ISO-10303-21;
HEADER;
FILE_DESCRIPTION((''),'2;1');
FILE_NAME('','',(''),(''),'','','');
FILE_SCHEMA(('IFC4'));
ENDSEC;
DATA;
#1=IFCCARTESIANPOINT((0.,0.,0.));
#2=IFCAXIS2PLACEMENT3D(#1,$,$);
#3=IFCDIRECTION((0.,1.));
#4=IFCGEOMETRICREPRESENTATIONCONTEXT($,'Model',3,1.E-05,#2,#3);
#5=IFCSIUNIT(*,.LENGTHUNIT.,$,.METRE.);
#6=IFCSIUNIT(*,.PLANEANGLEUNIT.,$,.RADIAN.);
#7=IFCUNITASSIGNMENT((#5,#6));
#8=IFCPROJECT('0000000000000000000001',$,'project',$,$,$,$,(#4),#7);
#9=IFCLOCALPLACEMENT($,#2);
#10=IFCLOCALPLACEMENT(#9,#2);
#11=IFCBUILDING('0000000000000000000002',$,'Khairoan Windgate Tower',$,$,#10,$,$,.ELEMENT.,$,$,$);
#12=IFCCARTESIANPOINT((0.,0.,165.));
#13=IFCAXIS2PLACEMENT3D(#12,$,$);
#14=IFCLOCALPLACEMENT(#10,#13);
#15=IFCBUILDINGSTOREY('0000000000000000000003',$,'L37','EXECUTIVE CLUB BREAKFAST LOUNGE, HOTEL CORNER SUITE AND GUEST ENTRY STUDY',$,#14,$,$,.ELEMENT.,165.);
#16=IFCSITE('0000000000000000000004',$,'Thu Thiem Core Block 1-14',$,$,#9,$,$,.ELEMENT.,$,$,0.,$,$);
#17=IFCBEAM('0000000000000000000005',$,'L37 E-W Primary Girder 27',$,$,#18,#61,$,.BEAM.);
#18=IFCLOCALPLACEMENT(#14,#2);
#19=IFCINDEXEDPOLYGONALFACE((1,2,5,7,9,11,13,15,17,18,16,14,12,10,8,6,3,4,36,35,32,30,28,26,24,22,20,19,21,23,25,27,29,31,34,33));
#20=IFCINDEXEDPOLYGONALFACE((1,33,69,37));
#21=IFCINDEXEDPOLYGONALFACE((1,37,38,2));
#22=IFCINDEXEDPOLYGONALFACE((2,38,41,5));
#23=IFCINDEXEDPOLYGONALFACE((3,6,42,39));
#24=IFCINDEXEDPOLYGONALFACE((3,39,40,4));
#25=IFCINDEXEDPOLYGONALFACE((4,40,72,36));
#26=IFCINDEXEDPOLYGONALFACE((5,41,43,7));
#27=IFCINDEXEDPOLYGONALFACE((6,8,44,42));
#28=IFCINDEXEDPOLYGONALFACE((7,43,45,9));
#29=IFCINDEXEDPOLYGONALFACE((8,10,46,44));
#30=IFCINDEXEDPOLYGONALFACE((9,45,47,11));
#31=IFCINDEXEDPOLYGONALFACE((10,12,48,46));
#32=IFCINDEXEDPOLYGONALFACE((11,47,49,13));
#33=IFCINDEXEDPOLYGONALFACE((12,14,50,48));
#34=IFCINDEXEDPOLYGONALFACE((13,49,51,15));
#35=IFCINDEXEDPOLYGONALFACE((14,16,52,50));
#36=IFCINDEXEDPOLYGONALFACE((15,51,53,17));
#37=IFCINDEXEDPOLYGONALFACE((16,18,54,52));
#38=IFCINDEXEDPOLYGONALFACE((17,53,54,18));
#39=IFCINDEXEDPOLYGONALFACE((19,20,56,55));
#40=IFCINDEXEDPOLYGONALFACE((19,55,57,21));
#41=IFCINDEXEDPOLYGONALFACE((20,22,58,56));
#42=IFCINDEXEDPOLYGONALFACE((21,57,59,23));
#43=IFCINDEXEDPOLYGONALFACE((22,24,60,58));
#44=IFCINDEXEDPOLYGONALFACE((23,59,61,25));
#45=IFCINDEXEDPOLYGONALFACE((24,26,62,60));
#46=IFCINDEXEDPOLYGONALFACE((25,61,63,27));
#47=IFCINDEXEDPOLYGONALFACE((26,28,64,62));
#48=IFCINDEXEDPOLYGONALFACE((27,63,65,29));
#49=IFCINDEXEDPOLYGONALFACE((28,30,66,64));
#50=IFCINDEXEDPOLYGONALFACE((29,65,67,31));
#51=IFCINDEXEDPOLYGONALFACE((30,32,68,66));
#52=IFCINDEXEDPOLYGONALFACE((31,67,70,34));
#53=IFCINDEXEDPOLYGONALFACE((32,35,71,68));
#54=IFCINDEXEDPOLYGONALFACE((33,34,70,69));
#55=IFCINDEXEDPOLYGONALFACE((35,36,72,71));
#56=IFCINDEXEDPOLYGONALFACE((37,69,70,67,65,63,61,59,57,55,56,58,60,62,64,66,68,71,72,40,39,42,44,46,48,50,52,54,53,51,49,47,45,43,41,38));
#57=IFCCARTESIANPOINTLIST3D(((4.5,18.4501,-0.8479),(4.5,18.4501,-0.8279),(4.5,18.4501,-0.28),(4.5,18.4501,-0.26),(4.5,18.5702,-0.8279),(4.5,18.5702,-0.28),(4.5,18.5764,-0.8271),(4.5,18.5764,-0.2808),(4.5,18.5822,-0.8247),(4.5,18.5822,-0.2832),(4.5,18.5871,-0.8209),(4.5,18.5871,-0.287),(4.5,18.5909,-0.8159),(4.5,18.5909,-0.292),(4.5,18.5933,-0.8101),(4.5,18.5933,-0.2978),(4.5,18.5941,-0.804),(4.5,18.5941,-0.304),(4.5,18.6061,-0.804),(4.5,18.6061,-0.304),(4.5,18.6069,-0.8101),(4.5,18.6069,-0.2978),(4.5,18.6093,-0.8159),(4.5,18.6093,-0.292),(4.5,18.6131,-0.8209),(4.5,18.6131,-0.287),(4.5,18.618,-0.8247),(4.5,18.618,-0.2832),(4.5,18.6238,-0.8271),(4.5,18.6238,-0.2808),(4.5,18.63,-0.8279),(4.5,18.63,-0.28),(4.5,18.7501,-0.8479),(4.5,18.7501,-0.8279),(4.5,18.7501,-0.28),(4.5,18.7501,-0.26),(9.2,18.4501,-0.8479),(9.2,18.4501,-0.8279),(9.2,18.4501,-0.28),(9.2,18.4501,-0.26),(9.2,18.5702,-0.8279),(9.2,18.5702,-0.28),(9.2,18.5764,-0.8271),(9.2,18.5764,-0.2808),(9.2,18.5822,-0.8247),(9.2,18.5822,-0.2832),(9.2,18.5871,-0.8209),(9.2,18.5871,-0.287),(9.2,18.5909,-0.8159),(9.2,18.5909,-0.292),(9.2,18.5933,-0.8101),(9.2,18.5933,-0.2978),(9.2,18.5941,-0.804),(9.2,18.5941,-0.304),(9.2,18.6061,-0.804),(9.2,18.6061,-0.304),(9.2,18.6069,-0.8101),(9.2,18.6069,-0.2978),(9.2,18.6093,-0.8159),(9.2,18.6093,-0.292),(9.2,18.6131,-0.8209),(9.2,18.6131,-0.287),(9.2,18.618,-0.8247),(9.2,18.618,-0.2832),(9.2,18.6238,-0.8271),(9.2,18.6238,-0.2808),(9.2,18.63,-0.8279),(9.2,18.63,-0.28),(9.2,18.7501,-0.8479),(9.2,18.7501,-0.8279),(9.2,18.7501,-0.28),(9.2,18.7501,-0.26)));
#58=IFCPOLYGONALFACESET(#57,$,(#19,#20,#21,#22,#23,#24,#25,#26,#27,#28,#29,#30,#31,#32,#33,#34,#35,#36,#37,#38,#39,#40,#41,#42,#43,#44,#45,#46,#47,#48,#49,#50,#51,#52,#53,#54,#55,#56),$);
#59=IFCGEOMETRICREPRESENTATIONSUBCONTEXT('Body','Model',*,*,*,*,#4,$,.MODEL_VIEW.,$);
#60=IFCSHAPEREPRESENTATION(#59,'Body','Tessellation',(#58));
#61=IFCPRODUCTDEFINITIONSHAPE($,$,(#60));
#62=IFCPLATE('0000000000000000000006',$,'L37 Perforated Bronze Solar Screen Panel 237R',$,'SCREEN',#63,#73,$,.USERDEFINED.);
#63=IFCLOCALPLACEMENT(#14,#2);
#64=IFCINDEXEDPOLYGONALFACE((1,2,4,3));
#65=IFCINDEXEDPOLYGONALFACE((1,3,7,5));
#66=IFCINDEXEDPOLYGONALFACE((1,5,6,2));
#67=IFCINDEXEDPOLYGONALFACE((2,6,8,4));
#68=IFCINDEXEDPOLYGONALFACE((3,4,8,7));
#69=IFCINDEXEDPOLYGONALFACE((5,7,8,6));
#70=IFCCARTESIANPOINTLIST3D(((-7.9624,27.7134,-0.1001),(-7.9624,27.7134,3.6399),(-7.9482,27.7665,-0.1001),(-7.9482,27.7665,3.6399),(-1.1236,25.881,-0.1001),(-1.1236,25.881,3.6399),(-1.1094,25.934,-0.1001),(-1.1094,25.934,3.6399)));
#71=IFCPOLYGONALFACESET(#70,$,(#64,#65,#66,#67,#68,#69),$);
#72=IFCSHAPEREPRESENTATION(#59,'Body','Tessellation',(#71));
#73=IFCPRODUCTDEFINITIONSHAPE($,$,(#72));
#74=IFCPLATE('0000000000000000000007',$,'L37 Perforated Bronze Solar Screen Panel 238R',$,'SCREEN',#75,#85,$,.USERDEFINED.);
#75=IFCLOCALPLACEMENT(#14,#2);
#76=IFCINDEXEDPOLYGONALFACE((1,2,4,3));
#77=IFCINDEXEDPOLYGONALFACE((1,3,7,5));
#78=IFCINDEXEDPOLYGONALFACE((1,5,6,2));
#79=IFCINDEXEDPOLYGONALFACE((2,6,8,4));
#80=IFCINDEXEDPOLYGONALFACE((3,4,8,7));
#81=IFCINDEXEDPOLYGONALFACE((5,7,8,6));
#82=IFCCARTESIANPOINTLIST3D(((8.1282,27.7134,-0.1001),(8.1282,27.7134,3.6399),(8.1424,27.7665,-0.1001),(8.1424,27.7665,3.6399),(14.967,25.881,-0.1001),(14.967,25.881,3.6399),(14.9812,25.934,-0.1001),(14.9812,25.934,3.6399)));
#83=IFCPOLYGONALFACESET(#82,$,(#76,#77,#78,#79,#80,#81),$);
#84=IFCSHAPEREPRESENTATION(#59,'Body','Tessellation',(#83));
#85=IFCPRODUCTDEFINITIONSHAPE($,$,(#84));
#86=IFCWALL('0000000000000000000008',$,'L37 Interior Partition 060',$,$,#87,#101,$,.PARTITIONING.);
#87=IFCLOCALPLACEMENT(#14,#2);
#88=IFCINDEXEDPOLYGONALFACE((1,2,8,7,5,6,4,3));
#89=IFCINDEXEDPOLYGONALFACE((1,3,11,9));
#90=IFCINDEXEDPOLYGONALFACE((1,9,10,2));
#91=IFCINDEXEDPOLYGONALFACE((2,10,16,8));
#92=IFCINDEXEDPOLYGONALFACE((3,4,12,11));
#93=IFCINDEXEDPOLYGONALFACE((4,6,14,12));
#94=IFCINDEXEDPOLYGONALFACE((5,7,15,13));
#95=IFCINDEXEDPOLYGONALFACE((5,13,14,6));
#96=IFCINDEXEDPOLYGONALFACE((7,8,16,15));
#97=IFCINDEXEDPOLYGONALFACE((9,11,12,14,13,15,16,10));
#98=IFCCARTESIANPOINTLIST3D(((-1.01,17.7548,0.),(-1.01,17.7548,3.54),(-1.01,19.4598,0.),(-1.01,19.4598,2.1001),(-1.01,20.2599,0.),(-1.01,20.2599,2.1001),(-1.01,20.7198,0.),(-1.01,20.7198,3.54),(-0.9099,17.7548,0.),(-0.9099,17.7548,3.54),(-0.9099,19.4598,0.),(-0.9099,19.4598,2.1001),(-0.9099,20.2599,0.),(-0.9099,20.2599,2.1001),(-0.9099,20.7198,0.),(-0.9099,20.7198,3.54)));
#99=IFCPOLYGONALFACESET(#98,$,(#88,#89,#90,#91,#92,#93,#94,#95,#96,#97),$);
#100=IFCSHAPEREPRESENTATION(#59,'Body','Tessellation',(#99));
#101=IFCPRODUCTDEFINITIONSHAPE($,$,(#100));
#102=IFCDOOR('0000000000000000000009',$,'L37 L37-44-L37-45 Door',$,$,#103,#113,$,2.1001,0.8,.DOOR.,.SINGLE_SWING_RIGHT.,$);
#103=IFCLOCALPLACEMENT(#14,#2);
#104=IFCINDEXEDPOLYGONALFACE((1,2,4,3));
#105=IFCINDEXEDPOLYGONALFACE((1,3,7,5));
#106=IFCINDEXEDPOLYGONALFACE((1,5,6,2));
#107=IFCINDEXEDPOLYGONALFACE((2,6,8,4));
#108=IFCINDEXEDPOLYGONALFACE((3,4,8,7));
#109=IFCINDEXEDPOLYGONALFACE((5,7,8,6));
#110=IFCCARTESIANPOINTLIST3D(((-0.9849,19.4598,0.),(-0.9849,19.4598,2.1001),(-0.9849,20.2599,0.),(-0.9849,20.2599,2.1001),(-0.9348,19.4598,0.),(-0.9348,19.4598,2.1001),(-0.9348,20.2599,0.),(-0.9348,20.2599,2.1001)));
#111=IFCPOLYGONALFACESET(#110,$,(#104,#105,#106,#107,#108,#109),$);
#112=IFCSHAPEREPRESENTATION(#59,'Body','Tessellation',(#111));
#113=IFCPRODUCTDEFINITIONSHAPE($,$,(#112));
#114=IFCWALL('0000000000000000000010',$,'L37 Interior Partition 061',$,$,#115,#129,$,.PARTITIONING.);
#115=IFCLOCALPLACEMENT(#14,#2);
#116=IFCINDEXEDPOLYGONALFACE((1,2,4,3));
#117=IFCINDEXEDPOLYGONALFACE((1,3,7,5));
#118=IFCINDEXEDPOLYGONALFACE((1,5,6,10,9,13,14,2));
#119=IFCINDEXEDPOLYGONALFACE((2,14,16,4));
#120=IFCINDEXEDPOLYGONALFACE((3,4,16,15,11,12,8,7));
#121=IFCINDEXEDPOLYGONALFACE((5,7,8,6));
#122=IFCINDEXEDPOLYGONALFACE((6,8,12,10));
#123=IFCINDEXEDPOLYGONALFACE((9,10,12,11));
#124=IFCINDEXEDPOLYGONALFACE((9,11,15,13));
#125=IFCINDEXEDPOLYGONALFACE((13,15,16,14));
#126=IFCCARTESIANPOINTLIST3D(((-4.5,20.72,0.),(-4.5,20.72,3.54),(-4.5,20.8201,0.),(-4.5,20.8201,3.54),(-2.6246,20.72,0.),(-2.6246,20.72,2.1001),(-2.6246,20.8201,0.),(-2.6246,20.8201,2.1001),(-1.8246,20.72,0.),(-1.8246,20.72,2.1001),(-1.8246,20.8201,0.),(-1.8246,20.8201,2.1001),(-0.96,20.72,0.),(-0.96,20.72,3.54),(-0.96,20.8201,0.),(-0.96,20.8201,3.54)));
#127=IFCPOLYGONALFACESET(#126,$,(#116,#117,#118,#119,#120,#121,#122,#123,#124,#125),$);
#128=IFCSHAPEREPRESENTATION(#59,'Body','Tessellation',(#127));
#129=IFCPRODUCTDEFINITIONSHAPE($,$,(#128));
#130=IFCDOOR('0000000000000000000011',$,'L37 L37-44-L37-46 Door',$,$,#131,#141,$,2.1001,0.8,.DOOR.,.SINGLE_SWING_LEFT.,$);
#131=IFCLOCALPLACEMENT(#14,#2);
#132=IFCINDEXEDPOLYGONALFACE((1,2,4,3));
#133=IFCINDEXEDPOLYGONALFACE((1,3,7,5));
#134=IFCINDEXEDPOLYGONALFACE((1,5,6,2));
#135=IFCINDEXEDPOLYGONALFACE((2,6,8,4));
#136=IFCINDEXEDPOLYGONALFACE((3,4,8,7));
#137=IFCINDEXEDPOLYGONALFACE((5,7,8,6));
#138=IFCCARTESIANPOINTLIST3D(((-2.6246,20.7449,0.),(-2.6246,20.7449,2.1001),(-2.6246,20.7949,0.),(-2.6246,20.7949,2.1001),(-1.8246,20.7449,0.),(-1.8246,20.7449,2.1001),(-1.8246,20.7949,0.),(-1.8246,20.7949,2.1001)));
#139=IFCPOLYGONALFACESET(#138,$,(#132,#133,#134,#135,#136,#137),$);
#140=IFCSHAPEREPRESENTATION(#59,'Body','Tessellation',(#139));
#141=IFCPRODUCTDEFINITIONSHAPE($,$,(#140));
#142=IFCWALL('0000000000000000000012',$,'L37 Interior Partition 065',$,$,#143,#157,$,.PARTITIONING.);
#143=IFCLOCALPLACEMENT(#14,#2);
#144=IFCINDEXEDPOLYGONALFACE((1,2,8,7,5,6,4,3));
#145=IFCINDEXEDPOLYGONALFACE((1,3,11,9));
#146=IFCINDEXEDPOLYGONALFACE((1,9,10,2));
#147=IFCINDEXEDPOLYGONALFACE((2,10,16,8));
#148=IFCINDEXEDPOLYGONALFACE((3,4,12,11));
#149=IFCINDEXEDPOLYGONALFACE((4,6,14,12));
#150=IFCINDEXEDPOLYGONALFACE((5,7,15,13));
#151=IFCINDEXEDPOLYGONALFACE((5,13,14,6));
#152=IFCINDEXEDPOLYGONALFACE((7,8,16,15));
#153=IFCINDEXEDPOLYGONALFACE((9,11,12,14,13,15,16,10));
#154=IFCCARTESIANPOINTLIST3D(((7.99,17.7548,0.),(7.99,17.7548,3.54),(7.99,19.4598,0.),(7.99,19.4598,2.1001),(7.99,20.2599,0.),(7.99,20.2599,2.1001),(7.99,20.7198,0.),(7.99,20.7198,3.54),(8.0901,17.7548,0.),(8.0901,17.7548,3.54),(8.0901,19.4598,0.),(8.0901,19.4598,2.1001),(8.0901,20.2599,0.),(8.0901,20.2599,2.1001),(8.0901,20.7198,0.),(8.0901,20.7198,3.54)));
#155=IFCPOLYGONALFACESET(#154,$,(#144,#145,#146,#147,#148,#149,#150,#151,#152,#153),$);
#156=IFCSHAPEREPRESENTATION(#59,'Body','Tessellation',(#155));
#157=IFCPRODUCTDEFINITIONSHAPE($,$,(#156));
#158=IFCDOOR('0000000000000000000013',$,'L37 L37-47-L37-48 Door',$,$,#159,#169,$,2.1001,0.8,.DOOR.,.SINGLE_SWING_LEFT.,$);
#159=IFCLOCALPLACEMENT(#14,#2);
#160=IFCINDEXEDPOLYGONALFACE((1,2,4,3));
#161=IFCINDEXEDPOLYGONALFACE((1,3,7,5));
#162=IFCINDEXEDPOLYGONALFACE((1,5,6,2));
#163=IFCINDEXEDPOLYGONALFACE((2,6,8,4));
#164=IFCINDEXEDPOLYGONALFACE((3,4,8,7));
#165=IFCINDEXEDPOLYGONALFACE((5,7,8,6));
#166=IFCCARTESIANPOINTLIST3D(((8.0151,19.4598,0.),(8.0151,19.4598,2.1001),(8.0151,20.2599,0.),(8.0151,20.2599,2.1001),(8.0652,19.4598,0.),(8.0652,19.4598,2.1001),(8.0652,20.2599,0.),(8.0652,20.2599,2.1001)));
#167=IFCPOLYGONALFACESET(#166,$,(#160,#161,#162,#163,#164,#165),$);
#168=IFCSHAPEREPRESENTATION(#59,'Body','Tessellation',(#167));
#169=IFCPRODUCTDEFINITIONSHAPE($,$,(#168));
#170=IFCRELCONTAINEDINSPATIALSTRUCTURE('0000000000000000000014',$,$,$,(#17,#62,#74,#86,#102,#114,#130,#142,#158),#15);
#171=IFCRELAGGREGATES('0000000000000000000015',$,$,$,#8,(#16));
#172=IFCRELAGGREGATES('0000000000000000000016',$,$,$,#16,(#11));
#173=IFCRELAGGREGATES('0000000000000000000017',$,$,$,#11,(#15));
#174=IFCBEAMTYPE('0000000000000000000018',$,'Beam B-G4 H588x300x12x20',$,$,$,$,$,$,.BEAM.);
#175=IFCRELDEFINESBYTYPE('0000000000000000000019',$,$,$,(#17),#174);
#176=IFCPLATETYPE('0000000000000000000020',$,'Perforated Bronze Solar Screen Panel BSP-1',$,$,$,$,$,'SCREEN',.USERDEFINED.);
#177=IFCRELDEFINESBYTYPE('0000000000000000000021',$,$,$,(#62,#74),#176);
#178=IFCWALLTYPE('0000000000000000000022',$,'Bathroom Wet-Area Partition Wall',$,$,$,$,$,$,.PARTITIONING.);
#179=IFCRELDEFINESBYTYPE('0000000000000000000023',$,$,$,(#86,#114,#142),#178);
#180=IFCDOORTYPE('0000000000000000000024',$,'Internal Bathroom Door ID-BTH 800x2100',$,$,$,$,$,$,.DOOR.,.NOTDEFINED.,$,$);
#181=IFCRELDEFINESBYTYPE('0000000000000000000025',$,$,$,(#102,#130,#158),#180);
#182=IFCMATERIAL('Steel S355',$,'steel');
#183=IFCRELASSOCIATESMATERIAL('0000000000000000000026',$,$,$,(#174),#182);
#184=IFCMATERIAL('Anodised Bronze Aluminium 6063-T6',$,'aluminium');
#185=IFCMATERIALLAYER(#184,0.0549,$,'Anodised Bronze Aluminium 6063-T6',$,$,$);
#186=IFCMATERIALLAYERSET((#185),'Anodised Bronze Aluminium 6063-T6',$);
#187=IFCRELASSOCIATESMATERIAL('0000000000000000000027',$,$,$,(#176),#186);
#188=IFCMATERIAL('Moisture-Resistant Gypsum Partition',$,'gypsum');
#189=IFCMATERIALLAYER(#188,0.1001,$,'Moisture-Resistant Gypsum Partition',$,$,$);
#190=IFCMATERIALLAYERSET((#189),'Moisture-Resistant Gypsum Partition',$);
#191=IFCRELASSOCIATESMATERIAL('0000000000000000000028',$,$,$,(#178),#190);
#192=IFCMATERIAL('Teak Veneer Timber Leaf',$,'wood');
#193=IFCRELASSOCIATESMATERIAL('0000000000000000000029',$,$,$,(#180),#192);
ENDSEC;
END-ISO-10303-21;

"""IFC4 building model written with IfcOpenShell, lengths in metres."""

from ifc_helpers import new_model, si_unit, direction, frame, frame_2d, origin, origin_2d, place, context, subcontext, project, spatial, rectangle, i_section, extrude, material, layer, layer_set, material_profile, profile_set, type_object, element, fill, save


model = new_model("IFC4")

# Units and contexts
model_context = context("Model", 3, precision=1e-05, world=origin(), true_north=direction((0.0, 1.0)))
body_context = subcontext(model_context, "Body", "Model", "MODEL_VIEW")
ifc_project = project(units=[si_unit("LENGTHUNIT", "METRE"), si_unit("PLANEANGLEUNIT", "RADIAN")], contexts=[model_context])

# Site, building, storey
site_placement = place(None, origin())
site = spatial("IfcSite", under=ifc_project, at=site_placement, Name="Thu Thiem Core Block 1-14", CompositionType="ELEMENT", RefElevation=0.0)
building_placement = place(site_placement, origin())
building = spatial("IfcBuilding", under=site, at=building_placement, Name="Khairoan Windgate Tower", CompositionType="ELEMENT")
storey_placement = place(building_placement, frame((0.0, 0.0, 165.0)))
storey = spatial("IfcBuildingStorey", under=building, at=storey_placement, Name="L37", Description="EXECUTIVE CLUB BREAKFAST LOUNGE, HOTEL CORNER SUITE AND GUEST ENTRY STUDY", CompositionType="ELEMENT", Elevation=165.0)

# Beam
ifc_material_1 = material(Name="Steel S355", Category="steel")
ifc_material_profile_1 = material_profile(ifc_material_1, i_section(OverallWidth=0.3, OverallDepth=0.5879, WebThickness=0.012, FlangeThickness=0.02, FilletRadius=0.0239, at=origin_2d()))
ifc_profile_set_1 = profile_set([ifc_material_profile_1], Name="Steel S355")
beam_type = type_object("IfcBeamType", Name="Beam B-G4 H588x300x12x20", PredefinedType="BEAM", material=ifc_profile_set_1)
beam_placement = place(storey_placement, frame((4.5, 18.6001, -0.554), z_axis=(1.0, 0.0, 0.0), x_axis=(0.0, 1.0, 0.0)))
element("IfcBeam", 1, at=beam_placement, inside=storey, type_object=beam_type, Name="L37 E-W Primary Girder 27", PredefinedType="BEAM", context=body_context, shape_type="SweptSolid", body=[
    extrude(i_section(OverallWidth=0.3, OverallDepth=0.5879, WebThickness=0.012, FlangeThickness=0.02, FilletRadius=0.0239, at=origin_2d()), origin(), (0.0, 0.0, 1.0), 4.7),
])

# Plates
ifc_material_2 = material(Name="Anodised Bronze Aluminium 6063-T6", Category="aluminium")
ifc_layer_1 = layer(ifc_material_2, 0.0549, Name="Anodised Bronze Aluminium 6063-T6")
ifc_layer_set_1 = layer_set([ifc_layer_1], Name="Anodised Bronze Aluminium 6063-T6")
plate_type = type_object("IfcPlateType", Name="Perforated Bronze Solar Screen Panel BSP-1", ElementType="SCREEN", PredefinedType="USERDEFINED", material=ifc_layer_set_1)
for number, where, z_axis, x_axis, name in (
    (2, (-4.5359, 26.8237, -0.1001), (0.0, 0.0, 1.0), (0.965926, -0.258819, 0.0), "L37 Perforated Bronze Solar Screen Panel 237R"),
    (3, (11.5547, 26.8237, -0.1001), (0.0, 0.0, 1.0), (0.965926, -0.258819, 0.0), "L37 Perforated Bronze Solar Screen Panel 238R"),
):
    element("IfcPlate", number, at=place(storey_placement, frame(where, z_axis=z_axis, x_axis=x_axis)), inside=storey, type_object=plate_type, Name=name, ObjectType="SCREEN", PredefinedType="USERDEFINED", context=body_context, shape_type="SweptSolid", body=[
        extrude(rectangle(XDim=7.0801, YDim=0.0549, at=origin_2d()), origin(), (0.0, 0.0, 1.0), 3.74),
    ])

# Walls, openings, doors
ifc_material_3 = material(Name="Moisture-Resistant Gypsum Partition", Category="gypsum")
ifc_layer_2 = layer(ifc_material_3, 0.1001, Name="Moisture-Resistant Gypsum Partition")
ifc_layer_set_2 = layer_set([ifc_layer_2], Name="Moisture-Resistant Gypsum Partition")
wall_type_1 = type_object("IfcWallType", Name="Bathroom Wet-Area Partition Wall", PredefinedType="PARTITIONING", material=ifc_layer_set_2)
wall_1_placement = place(storey_placement, frame((-0.96, 17.7549, 0.0), z_axis=(0.0, 0.0, 1.0), x_axis=(0.0, 1.0, 0.0)))
wall_1 = element("IfcWall", 4, at=wall_1_placement, inside=storey, type_object=wall_type_1, Name="L37 Interior Partition 060", PredefinedType="PARTITIONING", context=body_context, shape_type="SweptSolid", body=[
    extrude(rectangle(XDim=2.9651, YDim=0.1001, at=frame_2d((1.4824, 0.0))), origin(), (0.0, 0.0, 1.0), 3.54),
])
opening_1_placement = place(wall_1_placement, frame((1.7051, 0.0, 0.0)))
opening_1 = element("IfcOpeningElement", 5, at=opening_1_placement, cuts=wall_1, PredefinedType="OPENING", context=body_context, shape_type="SweptSolid", body=[
    extrude(rectangle(XDim=0.8, YDim=2.1001, at=frame_2d((0.3999, 1.05))), frame((0.0, 0.0601, 0.0), z_axis=(0.0, -1.0, 0.0), x_axis=(1.0, 0.0, 0.0)), (0.0, 0.0, 1.0), 0.1201),
])
ifc_material_4 = material(Name="Teak Veneer Timber Leaf", Category="wood")
door_type_1 = type_object("IfcDoorType", Name="Internal Bathroom Door ID-BTH 800x2100", OperationType="NOTDEFINED", PredefinedType="DOOR", material=ifc_material_4)
door_1_placement = place(opening_1_placement, origin())
door_1 = element("IfcDoor", 6, at=door_1_placement, inside=storey, type_object=door_type_1, Name="L37 L37-44-L37-45 Door", OperationType="SINGLE_SWING_RIGHT", OverallHeight=2.1001, OverallWidth=0.8, PredefinedType="DOOR", context=body_context, shape_type="SweptSolid", body=[
    extrude(rectangle(XDim=0.8, YDim=2.1001, at=frame_2d((0.3999, 1.05))), frame((0.0, 0.0249, 0.0), z_axis=(0.0, -1.0, 0.0), x_axis=(1.0, 0.0, 0.0)), (0.0, 0.0, 1.0), 0.05),
])
fill(opening_1, door_1)
wall_2_placement = place(storey_placement, frame((-4.5, 20.77, 0.0), z_axis=(0.0, 0.0, 1.0), x_axis=(1.0, 0.0, 0.0)))
wall_2 = element("IfcWall", 7, at=wall_2_placement, inside=storey, type_object=wall_type_1, Name="L37 Interior Partition 061", PredefinedType="PARTITIONING", context=body_context, shape_type="SweptSolid", body=[
    extrude(rectangle(XDim=3.54, YDim=0.1001, at=frame_2d((1.77, 0.0))), origin(), (0.0, 0.0, 1.0), 3.54),
])
opening_2_placement = place(wall_2_placement, frame((1.8755, 0.0, 0.0)))
opening_2 = element("IfcOpeningElement", 8, at=opening_2_placement, cuts=wall_2, PredefinedType="OPENING", context=body_context, shape_type="SweptSolid", body=[
    extrude(rectangle(XDim=0.8, YDim=2.1001, at=frame_2d((0.3999, 1.05))), frame((0.0, 0.0601, 0.0), z_axis=(0.0, -1.0, 0.0), x_axis=(1.0, 0.0, 0.0)), (0.0, 0.0, 1.0), 0.1201),
])
door_2_placement = place(opening_2_placement, origin())
door_2 = element("IfcDoor", 9, at=door_2_placement, inside=storey, type_object=door_type_1, Name="L37 L37-44-L37-46 Door", OperationType="SINGLE_SWING_LEFT", OverallHeight=2.1001, OverallWidth=0.8, PredefinedType="DOOR", context=body_context, shape_type="SweptSolid", body=[
    extrude(rectangle(XDim=0.8, YDim=2.1001, at=frame_2d((0.3999, 1.05))), frame((0.0, 0.0249, 0.0), z_axis=(0.0, -1.0, 0.0), x_axis=(1.0, 0.0, 0.0)), (0.0, 0.0, 1.0), 0.05),
])
fill(opening_2, door_2)
wall_3_placement = place(storey_placement, frame((8.04, 17.7549, 0.0), z_axis=(0.0, 0.0, 1.0), x_axis=(0.0, 1.0, 0.0)))
wall_3 = element("IfcWall", 10, at=wall_3_placement, inside=storey, type_object=wall_type_1, Name="L37 Interior Partition 065", PredefinedType="PARTITIONING", context=body_context, shape_type="SweptSolid", body=[
    extrude(rectangle(XDim=2.9651, YDim=0.1001, at=frame_2d((1.4824, 0.0))), origin(), (0.0, 0.0, 1.0), 3.54),
])
opening_3_placement = place(wall_3_placement, frame((1.7051, 0.0, 0.0)))
opening_3 = element("IfcOpeningElement", 11, at=opening_3_placement, cuts=wall_3, PredefinedType="OPENING", context=body_context, shape_type="SweptSolid", body=[
    extrude(rectangle(XDim=0.8, YDim=2.1001, at=frame_2d((0.3999, 1.05))), frame((0.0, 0.0601, 0.0), z_axis=(0.0, -1.0, 0.0), x_axis=(1.0, 0.0, 0.0)), (0.0, 0.0, 1.0), 0.1201),
])
door_3_placement = place(opening_3_placement, origin())
door_3 = element("IfcDoor", 12, at=door_3_placement, inside=storey, type_object=door_type_1, Name="L37 L37-47-L37-48 Door", OperationType="SINGLE_SWING_LEFT", OverallHeight=2.1001, OverallWidth=0.8, PredefinedType="DOOR", context=body_context, shape_type="SweptSolid", body=[
    extrude(rectangle(XDim=0.8, YDim=2.1001, at=frame_2d((0.3999, 1.05))), frame((0.0, 0.0249, 0.0), z_axis=(0.0, -1.0, 0.0), x_axis=(1.0, 0.0, 0.0)), (0.0, 0.0, 1.0), 0.05),
])
fill(opening_3, door_3)

save(model, "model.ifc")
